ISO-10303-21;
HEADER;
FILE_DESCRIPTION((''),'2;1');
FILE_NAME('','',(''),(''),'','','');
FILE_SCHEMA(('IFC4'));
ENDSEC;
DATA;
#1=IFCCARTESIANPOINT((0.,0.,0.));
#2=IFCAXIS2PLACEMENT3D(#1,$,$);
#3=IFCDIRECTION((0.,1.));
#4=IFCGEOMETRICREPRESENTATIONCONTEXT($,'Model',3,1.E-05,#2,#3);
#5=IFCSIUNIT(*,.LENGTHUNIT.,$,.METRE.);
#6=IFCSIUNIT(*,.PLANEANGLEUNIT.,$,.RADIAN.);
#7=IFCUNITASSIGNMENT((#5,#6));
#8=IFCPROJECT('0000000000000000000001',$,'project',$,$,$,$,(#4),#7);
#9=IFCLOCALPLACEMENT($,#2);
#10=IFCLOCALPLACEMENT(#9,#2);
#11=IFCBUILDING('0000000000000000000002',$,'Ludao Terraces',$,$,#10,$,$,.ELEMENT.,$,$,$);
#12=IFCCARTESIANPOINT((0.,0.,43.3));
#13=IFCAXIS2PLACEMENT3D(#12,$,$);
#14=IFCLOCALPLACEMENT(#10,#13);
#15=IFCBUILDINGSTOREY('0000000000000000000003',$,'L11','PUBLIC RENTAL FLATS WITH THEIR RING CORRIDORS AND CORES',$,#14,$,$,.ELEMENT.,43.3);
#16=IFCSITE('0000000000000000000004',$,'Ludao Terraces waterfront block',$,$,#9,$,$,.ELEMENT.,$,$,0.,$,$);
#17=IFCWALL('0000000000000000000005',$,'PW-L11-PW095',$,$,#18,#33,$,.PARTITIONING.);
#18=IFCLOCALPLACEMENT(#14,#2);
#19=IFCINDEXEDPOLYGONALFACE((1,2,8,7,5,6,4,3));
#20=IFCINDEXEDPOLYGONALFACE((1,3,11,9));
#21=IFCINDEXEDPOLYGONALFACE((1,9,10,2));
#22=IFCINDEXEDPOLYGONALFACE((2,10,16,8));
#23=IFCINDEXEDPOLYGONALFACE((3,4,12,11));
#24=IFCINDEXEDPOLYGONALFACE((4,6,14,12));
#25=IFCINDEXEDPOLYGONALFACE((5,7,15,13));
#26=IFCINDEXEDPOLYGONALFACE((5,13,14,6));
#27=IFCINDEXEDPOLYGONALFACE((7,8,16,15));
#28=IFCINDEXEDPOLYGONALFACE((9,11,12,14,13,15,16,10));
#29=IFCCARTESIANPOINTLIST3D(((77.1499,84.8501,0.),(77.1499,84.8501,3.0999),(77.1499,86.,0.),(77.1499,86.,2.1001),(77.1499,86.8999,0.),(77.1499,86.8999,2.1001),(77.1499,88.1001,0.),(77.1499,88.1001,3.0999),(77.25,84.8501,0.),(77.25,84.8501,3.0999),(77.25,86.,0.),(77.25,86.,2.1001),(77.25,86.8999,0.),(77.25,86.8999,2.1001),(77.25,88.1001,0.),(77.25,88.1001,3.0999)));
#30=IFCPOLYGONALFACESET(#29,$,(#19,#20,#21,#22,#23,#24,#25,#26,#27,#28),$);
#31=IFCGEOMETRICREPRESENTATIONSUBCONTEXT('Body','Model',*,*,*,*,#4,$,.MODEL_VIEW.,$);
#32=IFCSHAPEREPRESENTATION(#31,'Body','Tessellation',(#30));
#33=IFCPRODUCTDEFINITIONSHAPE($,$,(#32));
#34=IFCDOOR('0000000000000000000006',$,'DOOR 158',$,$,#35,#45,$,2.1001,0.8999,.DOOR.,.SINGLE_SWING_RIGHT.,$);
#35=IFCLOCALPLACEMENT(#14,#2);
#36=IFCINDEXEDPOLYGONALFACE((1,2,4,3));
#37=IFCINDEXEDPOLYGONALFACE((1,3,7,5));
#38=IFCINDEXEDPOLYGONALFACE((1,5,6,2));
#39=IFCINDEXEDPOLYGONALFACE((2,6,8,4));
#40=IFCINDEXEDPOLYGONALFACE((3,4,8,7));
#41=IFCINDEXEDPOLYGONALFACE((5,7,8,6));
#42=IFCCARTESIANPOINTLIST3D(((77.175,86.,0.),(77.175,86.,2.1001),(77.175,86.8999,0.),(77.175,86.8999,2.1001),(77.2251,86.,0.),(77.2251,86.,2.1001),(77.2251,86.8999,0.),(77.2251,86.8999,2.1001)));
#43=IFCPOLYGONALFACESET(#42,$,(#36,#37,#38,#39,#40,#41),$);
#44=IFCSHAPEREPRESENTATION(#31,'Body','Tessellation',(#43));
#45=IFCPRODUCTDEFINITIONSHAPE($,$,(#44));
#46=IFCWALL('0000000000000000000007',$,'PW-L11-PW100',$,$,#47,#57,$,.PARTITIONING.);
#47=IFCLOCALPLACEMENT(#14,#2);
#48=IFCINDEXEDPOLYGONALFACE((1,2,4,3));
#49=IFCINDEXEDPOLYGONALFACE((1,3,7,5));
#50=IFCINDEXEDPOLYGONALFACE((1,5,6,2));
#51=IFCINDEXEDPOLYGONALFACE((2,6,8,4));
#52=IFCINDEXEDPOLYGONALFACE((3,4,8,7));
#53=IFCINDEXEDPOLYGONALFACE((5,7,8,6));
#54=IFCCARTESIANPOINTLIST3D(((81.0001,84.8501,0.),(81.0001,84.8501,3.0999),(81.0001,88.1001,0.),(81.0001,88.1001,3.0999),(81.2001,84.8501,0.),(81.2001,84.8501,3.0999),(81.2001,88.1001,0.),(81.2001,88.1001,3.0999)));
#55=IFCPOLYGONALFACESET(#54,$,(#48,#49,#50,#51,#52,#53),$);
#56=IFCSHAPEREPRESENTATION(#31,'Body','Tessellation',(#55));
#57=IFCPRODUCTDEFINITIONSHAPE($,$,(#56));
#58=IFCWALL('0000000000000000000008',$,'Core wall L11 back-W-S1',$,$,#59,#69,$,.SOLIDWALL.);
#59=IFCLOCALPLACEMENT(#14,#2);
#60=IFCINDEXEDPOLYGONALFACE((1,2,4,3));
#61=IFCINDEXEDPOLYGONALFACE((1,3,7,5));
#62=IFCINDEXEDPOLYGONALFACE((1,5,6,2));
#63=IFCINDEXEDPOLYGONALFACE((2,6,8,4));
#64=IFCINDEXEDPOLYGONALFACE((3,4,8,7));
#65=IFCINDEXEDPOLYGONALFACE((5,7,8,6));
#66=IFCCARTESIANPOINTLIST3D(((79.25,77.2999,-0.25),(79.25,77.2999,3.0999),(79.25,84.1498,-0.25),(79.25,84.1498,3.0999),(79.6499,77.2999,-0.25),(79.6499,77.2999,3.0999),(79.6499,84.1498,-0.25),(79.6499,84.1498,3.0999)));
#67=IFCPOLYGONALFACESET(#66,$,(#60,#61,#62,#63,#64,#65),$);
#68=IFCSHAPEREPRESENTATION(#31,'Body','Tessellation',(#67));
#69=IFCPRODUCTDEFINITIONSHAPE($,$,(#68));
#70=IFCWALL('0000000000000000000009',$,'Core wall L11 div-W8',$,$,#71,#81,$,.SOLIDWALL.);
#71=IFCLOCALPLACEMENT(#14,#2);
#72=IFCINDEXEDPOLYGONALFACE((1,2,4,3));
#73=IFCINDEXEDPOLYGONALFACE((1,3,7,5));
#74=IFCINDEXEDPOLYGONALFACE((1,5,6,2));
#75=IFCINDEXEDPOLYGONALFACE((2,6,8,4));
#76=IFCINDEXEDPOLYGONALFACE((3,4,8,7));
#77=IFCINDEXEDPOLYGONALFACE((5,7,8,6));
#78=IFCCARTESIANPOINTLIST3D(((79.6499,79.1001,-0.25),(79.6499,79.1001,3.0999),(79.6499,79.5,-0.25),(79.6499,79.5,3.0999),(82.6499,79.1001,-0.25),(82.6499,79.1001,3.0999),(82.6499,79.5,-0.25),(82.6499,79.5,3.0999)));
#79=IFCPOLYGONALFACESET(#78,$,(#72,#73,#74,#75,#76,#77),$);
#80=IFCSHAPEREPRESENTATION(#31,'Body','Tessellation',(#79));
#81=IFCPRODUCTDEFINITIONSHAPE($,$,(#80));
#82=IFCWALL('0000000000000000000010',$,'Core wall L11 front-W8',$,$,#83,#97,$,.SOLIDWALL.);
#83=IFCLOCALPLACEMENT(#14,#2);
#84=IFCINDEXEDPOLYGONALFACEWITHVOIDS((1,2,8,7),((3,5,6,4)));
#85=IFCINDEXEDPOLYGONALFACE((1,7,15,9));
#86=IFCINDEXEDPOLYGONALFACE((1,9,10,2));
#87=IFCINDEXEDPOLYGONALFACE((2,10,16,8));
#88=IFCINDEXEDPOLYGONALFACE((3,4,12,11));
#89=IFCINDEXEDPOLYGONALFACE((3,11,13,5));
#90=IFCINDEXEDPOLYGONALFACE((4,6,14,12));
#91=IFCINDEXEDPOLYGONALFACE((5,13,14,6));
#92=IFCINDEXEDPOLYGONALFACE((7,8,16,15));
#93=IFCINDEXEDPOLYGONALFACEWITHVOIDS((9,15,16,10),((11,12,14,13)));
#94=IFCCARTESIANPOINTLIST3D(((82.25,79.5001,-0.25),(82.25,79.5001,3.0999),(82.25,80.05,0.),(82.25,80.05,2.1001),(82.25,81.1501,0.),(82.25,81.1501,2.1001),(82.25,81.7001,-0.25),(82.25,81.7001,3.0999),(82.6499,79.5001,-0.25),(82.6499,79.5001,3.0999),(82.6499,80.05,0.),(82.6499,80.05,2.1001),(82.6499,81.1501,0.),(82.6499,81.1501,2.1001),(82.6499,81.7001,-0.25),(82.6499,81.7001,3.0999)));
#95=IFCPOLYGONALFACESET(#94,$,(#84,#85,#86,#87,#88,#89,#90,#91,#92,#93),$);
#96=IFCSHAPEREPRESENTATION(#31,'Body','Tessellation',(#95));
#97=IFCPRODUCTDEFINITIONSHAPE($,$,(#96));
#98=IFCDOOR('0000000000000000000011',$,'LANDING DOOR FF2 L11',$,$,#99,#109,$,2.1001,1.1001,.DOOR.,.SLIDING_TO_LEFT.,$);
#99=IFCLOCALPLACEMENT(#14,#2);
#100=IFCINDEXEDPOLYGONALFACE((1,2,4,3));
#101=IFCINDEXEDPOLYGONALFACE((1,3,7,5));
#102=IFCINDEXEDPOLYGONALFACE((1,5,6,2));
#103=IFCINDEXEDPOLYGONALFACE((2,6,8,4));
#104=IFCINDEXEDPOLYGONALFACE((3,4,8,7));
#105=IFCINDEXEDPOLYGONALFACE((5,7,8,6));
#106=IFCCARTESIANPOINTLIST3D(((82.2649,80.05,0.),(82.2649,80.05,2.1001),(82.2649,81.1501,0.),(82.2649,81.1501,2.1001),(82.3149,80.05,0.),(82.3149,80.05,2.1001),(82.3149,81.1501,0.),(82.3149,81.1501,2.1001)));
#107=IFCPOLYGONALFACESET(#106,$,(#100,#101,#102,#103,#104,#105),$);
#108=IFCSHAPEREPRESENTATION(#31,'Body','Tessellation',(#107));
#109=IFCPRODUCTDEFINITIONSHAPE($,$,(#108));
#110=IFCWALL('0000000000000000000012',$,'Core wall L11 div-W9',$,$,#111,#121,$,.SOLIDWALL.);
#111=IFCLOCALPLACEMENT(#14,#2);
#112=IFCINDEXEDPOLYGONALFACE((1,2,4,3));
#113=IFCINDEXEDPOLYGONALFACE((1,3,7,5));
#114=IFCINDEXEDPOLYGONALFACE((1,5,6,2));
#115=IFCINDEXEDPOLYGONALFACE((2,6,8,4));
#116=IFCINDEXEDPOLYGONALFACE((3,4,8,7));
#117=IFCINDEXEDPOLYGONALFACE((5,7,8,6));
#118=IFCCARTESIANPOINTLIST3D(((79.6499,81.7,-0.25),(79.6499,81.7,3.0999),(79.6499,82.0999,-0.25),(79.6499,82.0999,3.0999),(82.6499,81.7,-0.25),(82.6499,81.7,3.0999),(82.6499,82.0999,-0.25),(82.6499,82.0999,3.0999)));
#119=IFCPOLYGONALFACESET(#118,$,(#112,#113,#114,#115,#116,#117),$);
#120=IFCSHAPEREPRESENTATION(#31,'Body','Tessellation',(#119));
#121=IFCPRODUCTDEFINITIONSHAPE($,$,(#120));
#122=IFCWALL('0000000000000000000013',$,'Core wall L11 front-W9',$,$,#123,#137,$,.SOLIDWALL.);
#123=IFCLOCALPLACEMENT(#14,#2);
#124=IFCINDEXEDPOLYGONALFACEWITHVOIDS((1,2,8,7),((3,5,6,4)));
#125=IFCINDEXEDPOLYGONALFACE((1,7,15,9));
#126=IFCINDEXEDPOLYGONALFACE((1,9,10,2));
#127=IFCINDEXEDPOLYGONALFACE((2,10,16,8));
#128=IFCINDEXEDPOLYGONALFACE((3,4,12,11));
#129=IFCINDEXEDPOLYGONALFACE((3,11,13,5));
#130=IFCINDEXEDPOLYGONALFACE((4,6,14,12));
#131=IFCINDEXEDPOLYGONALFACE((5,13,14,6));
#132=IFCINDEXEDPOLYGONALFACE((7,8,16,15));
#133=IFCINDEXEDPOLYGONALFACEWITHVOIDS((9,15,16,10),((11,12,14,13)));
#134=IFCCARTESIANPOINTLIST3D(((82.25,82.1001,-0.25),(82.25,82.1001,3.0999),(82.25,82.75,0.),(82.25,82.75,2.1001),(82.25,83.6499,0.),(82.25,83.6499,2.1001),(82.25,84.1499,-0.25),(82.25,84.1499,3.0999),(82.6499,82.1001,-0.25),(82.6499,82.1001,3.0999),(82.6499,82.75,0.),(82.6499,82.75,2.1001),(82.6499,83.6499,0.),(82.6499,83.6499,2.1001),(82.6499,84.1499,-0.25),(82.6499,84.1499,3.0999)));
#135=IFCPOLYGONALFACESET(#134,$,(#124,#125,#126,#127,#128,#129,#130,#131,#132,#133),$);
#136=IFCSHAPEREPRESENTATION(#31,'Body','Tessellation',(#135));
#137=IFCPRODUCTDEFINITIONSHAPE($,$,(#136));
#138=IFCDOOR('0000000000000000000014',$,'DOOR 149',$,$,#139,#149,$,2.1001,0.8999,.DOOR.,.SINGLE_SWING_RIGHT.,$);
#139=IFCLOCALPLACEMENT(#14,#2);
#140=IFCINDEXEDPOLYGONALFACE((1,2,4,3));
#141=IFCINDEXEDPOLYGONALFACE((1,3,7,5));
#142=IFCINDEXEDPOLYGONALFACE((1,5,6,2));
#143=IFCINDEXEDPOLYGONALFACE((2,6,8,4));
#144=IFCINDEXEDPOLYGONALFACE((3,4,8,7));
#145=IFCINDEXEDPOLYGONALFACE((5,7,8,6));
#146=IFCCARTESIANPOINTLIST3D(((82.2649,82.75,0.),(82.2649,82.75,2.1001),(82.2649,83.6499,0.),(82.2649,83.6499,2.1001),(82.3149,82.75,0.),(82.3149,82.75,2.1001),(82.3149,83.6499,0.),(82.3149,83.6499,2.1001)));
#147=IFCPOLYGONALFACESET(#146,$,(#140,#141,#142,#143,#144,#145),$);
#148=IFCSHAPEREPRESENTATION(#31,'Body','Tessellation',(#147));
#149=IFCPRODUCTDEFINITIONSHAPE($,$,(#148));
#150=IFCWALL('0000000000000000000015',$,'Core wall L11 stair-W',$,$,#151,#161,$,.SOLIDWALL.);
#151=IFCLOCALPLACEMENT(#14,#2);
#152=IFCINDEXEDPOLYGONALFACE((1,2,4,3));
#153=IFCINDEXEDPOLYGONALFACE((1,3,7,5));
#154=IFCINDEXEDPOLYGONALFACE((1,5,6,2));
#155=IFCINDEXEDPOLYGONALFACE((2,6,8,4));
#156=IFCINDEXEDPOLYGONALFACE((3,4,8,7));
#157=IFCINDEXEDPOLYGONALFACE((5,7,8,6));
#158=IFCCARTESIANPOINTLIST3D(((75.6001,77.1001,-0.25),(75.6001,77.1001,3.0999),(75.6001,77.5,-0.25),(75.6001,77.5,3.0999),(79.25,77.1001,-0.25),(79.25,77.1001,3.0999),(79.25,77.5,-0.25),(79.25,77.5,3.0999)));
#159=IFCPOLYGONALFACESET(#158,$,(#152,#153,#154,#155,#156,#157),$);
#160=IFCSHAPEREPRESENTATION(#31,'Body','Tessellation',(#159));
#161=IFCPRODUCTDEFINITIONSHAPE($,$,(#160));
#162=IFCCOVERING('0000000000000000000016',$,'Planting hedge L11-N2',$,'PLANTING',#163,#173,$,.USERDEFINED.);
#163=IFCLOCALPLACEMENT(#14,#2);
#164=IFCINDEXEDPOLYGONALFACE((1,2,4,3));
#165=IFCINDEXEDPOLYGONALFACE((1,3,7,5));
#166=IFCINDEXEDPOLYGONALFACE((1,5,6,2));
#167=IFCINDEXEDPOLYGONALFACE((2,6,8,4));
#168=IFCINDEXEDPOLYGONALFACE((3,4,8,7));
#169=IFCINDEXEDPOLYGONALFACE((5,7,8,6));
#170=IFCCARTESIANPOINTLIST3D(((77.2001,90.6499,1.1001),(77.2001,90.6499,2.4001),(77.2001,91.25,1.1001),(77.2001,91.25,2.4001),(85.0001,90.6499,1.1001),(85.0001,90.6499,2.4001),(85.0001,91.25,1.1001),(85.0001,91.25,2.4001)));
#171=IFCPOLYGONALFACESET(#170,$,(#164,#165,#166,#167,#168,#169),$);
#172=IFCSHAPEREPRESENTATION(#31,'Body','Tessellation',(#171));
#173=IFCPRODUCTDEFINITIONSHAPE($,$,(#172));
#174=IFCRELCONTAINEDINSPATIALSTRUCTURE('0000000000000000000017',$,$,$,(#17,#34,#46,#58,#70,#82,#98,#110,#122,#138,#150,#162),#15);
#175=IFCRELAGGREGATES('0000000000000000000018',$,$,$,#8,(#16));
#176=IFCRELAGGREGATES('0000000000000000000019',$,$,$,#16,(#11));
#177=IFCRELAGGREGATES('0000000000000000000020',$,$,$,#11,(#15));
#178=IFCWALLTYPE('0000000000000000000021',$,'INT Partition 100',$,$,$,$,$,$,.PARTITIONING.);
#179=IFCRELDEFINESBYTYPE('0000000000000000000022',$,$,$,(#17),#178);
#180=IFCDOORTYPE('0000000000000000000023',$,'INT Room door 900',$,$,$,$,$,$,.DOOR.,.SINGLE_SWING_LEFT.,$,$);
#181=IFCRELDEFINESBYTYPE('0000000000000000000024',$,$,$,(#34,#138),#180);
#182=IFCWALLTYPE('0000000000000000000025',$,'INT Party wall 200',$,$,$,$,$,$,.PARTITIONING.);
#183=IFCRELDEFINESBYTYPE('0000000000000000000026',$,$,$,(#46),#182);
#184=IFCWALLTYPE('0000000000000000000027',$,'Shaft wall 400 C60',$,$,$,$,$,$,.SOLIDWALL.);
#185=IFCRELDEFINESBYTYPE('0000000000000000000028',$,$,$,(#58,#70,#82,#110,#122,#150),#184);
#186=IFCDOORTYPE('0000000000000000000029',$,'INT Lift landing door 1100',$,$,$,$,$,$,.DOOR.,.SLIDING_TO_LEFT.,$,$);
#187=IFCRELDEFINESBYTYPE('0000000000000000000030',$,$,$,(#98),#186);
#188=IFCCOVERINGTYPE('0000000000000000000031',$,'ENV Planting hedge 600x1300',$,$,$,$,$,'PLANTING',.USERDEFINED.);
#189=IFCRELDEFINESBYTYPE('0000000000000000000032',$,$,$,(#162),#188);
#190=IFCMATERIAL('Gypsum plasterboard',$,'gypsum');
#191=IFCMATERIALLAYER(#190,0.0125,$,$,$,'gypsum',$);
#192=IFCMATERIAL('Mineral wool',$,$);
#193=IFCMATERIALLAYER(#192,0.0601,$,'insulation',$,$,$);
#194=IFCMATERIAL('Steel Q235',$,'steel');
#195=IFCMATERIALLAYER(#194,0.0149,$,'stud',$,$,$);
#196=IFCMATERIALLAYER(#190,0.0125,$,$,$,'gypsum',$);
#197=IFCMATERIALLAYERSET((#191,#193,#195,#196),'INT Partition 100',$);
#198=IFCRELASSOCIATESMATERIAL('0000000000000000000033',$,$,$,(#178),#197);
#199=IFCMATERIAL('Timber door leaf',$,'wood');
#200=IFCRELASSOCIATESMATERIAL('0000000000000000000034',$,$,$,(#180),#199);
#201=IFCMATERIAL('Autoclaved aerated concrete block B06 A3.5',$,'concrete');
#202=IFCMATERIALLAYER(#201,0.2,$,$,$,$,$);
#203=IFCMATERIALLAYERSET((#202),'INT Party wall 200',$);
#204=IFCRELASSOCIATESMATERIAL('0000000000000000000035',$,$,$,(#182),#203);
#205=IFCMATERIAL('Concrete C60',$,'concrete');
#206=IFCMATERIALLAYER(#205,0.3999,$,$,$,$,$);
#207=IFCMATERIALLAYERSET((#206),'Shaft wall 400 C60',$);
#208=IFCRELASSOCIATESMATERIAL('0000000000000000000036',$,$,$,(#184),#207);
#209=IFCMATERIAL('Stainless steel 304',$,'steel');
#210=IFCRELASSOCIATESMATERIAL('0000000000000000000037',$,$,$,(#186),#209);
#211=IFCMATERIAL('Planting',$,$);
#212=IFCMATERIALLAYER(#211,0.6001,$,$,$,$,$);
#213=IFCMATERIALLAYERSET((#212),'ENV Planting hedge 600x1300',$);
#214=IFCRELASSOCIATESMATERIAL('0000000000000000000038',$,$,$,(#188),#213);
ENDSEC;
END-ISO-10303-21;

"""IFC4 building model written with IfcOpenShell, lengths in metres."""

from ifc_helpers import new_model, si_unit, direction, frame, frame_2d, origin, origin_2d, place, context, subcontext, project, spatial, rectangle, extrude, material, layer, layer_set, type_object, element, fill, save


model = new_model("IFC4")

# Units and contexts
model_context = context("Model", 3, precision=1e-05, world=origin(), true_north=direction((0.0, 1.0)))
body_context = subcontext(model_context, "Body", "Model", "MODEL_VIEW")
ifc_project = project(units=[si_unit("LENGTHUNIT", "METRE"), si_unit("PLANEANGLEUNIT", "RADIAN")], contexts=[model_context])

# Site, building, storey
site_placement = place(None, origin())
site = spatial("IfcSite", under=ifc_project, at=site_placement, Name="Ludao Terraces waterfront block", CompositionType="ELEMENT", RefElevation=0.0)
building_placement = place(site_placement, origin())
building = spatial("IfcBuilding", under=site, at=building_placement, Name="Ludao Terraces", CompositionType="ELEMENT")
storey_placement = place(building_placement, frame((0.0, 0.0, 43.3)))
storey = spatial("IfcBuildingStorey", under=building, at=storey_placement, Name="L11", Description="PUBLIC RENTAL FLATS WITH THEIR RING CORRIDORS AND CORES", CompositionType="ELEMENT", Elevation=43.3)

# Shared definitions
ifc_material_1 = material(Name="Concrete C60", Category="concrete")

# Shared definitions
ifc_material_2 = material(Name="Steel Q235", Category="steel")

# Shared definitions
ifc_material_3 = material(Name="Mineral wool")

# Wall, opening, door
ifc_material_4 = material(Name="Gypsum plasterboard", Category="gypsum")
ifc_layer_1 = layer(ifc_material_4, 0.0125, Category="gypsum")
ifc_layer_2 = layer(ifc_material_3, 0.0601, Name="insulation")
ifc_layer_3 = layer(ifc_material_2, 0.0149, Name="stud")
ifc_layer_4 = layer(ifc_material_4, 0.0125, Category="gypsum")
ifc_layer_set_1 = layer_set([ifc_layer_1, ifc_layer_2, ifc_layer_3, ifc_layer_4], Name="INT Partition 100")
wall_type_1 = type_object("IfcWallType", Name="INT Partition 100", PredefinedType="PARTITIONING", material=ifc_layer_set_1)
ifc_material_5 = material(Name="Timber door leaf", Category="wood")
door_type_1 = type_object("IfcDoorType", Name="INT Room door 900", OperationType="SINGLE_SWING_LEFT", PredefinedType="DOOR", material=ifc_material_5)
wall_1_placement = place(storey_placement, frame((77.2, 84.8501, 0.0), z_axis=(0.0, 0.0, 1.0), x_axis=(0.0, 1.0, 0.0)))
wall_1 = element("IfcWall", 1, at=wall_1_placement, inside=storey, type_object=wall_type_1, Name="PW-L11-PW095", PredefinedType="PARTITIONING", context=body_context, shape_type="SweptSolid", body=[
    extrude(rectangle(XDim=3.25, YDim=0.1001, at=frame_2d((1.625, 0.0))), origin(), (0.0, 0.0, 1.0), 3.0999),
])
opening_1_placement = place(wall_1_placement, frame((1.1499, 0.0, 0.0)))
opening_1 = element("IfcOpeningElement", 2, at=opening_1_placement, cuts=wall_1, PredefinedType="OPENING", context=body_context, shape_type="SweptSolid", body=[
    extrude(rectangle(XDim=0.8999, YDim=2.1001, at=frame_2d((0.45, 1.05))), frame((0.0, 0.0601, 0.0), z_axis=(0.0, -1.0, 0.0), x_axis=(1.0, 0.0, 0.0)), (0.0, 0.0, 1.0), 0.1201),
])
door_1_placement = place(opening_1_placement, origin())
door_1 = element("IfcDoor", 3, at=door_1_placement, inside=storey, type_object=door_type_1, Name="DOOR 158", OperationType="SINGLE_SWING_RIGHT", OverallHeight=2.1001, OverallWidth=0.8999, PredefinedType="DOOR", context=body_context, shape_type="SweptSolid", body=[
    extrude(rectangle(XDim=0.8999, YDim=2.1001, at=frame_2d((0.45, 1.05))), frame((0.0, 0.0249, 0.0), z_axis=(0.0, -1.0, 0.0), x_axis=(1.0, 0.0, 0.0)), (0.0, 0.0, 1.0), 0.05),
])
fill(opening_1, door_1)

# Walls
ifc_material_6 = material(Name="Autoclaved aerated concrete block B06 A3.5", Category="concrete")
ifc_layer_5 = layer(ifc_material_6, 0.2)
ifc_layer_set_2 = layer_set([ifc_layer_5], Name="INT Party wall 200")
wall_type_2 = type_object("IfcWallType", Name="INT Party wall 200", PredefinedType="PARTITIONING", material=ifc_layer_set_2)
wall_2_placement = place(storey_placement, frame((81.1001, 84.8501, 0.0), z_axis=(0.0, 0.0, 1.0), x_axis=(0.0, 1.0, 0.0)))
element("IfcWall", 4, at=wall_2_placement, inside=storey, type_object=wall_type_2, Name="PW-L11-PW100", PredefinedType="PARTITIONING", context=body_context, shape_type="SweptSolid", body=[
    extrude(rectangle(XDim=3.25, YDim=0.2, at=frame_2d((1.625, 0.0))), origin(), (0.0, 0.0, 1.0), 3.0999),
])
ifc_layer_6 = layer(ifc_material_1, 0.3999)
ifc_layer_set_3 = layer_set([ifc_layer_6], Name="Shaft wall 400 C60")
wall_type_3 = type_object("IfcWallType", Name="Shaft wall 400 C60", PredefinedType="SOLIDWALL", material=ifc_layer_set_3)
wall_3_placement = place(storey_placement, frame((79.45, 77.3, -0.25), z_axis=(0.0, 0.0, 1.0), x_axis=(0.0, 1.0, 0.0)))
element("IfcWall", 5, at=wall_3_placement, inside=storey, type_object=wall_type_3, Name="Core wall L11 back-W-S1", PredefinedType="SOLIDWALL", context=body_context, shape_type="SweptSolid", body=[
    extrude(rectangle(XDim=6.8499, YDim=0.3999, at=frame_2d((3.4248, 0.0))), origin(), (0.0, 0.0, 1.0), 3.3499),
])
wall_4_placement = place(storey_placement, frame((79.6499, 79.3, -0.25), z_axis=(0.0, 0.0, 1.0), x_axis=(1.0, 0.0, 0.0)))
element("IfcWall", 6, at=wall_4_placement, inside=storey, type_object=wall_type_3, Name="Core wall L11 div-W8", PredefinedType="SOLIDWALL", context=body_context, shape_type="SweptSolid", body=[
    extrude(rectangle(XDim=3.0, YDim=0.3999, at=frame_2d((1.5, 0.0))), origin(), (0.0, 0.0, 1.0), 3.3499),
])

# Wall, opening, door
wall_5_placement = place(storey_placement, frame((82.45, 79.5, -0.25), z_axis=(0.0, 0.0, 1.0), x_axis=(0.0, 1.0, 0.0)))
wall_5 = element("IfcWall", 7, at=wall_5_placement, inside=storey, type_object=wall_type_3, Name="Core wall L11 front-W8", PredefinedType="SOLIDWALL", context=body_context, shape_type="SweptSolid", body=[
    extrude(rectangle(XDim=2.2, YDim=0.3999, at=frame_2d((1.1001, 0.0))), origin(), (0.0, 0.0, 1.0), 3.3499),
])
opening_2_placement = place(wall_5_placement, frame((0.55, 0.0, 0.25)))
opening_2 = element("IfcOpeningElement", 8, at=opening_2_placement, cuts=wall_5, PredefinedType="OPENING", context=body_context, shape_type="SweptSolid", body=[
    extrude(rectangle(XDim=1.1001, YDim=2.1001, at=frame_2d((0.55, 1.05))), frame((0.0, 0.21, 0.0), z_axis=(0.0, -1.0, 0.0), x_axis=(1.0, 0.0, 0.0)), (0.0, 0.0, 1.0), 0.4199),
])
ifc_material_7 = material(Name="Stainless steel 304", Category="steel")
door_type_2 = type_object("IfcDoorType", Name="INT Lift landing door 1100", OperationType="SLIDING_TO_LEFT", PredefinedType="DOOR", material=ifc_material_7)
door_2_placement = place(opening_2_placement, origin())
door_2 = element("IfcDoor", 9, at=door_2_placement, inside=storey, type_object=door_type_2, Name="LANDING DOOR FF2 L11", OperationType="SLIDING_TO_LEFT", OverallHeight=2.1001, OverallWidth=1.1001, PredefinedType="DOOR", context=body_context, shape_type="SweptSolid", body=[
    extrude(rectangle(XDim=1.1001, YDim=2.1001, at=frame_2d((0.55, 1.05))), frame((0.0, 0.1851, 0.0), z_axis=(0.0, -1.0, 0.0), x_axis=(1.0, 0.0, 0.0)), (0.0, 0.0, 1.0), 0.05),
])
fill(opening_2, door_2)

# Wall
wall_6_placement = place(storey_placement, frame((79.6499, 81.8999, -0.25), z_axis=(0.0, 0.0, 1.0), x_axis=(1.0, 0.0, 0.0)))
element("IfcWall", 10, at=wall_6_placement, inside=storey, type_object=wall_type_3, Name="Core wall L11 div-W9", PredefinedType="SOLIDWALL", context=body_context, shape_type="SweptSolid", body=[
    extrude(rectangle(XDim=3.0, YDim=0.3999, at=frame_2d((1.5, 0.0))), origin(), (0.0, 0.0, 1.0), 3.3499),
])

# Wall, opening, door
wall_7_placement = place(storey_placement, frame((82.45, 82.1001, -0.25), z_axis=(0.0, 0.0, 1.0), x_axis=(0.0, 1.0, 0.0)))
wall_7 = element("IfcWall", 11, at=wall_7_placement, inside=storey, type_object=wall_type_3, Name="Core wall L11 front-W9", PredefinedType="SOLIDWALL", context=body_context, shape_type="SweptSolid", body=[
    extrude(rectangle(XDim=2.0498, YDim=0.3999, at=frame_2d((1.0249, 0.0))), origin(), (0.0, 0.0, 1.0), 3.3499),
])
opening_3_placement = place(wall_7_placement, frame((0.6499, 0.0, 0.25)))
opening_3 = element("IfcOpeningElement", 12, at=opening_3_placement, cuts=wall_7, PredefinedType="OPENING", context=body_context, shape_type="SweptSolid", body=[
    extrude(rectangle(XDim=0.8999, YDim=2.1001, at=frame_2d((0.45, 1.05))), frame((0.0, 0.21, 0.0), z_axis=(0.0, -1.0, 0.0), x_axis=(1.0, 0.0, 0.0)), (0.0, 0.0, 1.0), 0.4199),
])
door_3_placement = place(opening_3_placement, origin())
door_3 = element("IfcDoor", 13, at=door_3_placement, inside=storey, type_object=door_type_1, Name="DOOR 149", OperationType="SINGLE_SWING_RIGHT", OverallHeight=2.1001, OverallWidth=0.8999, PredefinedType="DOOR", context=body_context, shape_type="SweptSolid", body=[
    extrude(rectangle(XDim=0.8999, YDim=2.1001, at=frame_2d((0.45, 1.05))), frame((0.0, 0.1851, 0.0), z_axis=(0.0, -1.0, 0.0), x_axis=(1.0, 0.0, 0.0)), (0.0, 0.0, 1.0), 0.05),
])
fill(opening_3, door_3)

# Wall
wall_8_placement = place(storey_placement, frame((75.6001, 77.3, -0.25), z_axis=(0.0, 0.0, 1.0), x_axis=(1.0, 0.0, 0.0)))
element("IfcWall", 14, at=wall_8_placement, inside=storey, type_object=wall_type_3, Name="Core wall L11 stair-W", PredefinedType="SOLIDWALL", context=body_context, shape_type="SweptSolid", body=[
    extrude(rectangle(XDim=3.6499, YDim=0.3999, at=frame_2d((1.825, 0.0))), origin(), (0.0, 0.0, 1.0), 3.3499),
])

# Covering
ifc_material_8 = material(Name="Planting")
ifc_layer_7 = layer(ifc_material_8, 0.6001)
ifc_layer_set_4 = layer_set([ifc_layer_7], Name="ENV Planting hedge 600x1300")
covering_type = type_object("IfcCoveringType", Name="ENV Planting hedge 600x1300", ElementType="PLANTING", PredefinedType="USERDEFINED", material=ifc_layer_set_4)
covering_placement = place(storey_placement, frame((81.1001, 90.95, 1.1001), z_axis=(0.0, 0.0, 1.0), x_axis=(1.0, 0.0, 0.0)))
element("IfcCovering", 15, at=covering_placement, inside=storey, type_object=covering_type, Name="Planting hedge L11-N2", ObjectType="PLANTING", PredefinedType="USERDEFINED", context=body_context, shape_type="SweptSolid", body=[
    extrude(rectangle(XDim=7.8, YDim=0.6001, at=origin_2d()), origin(), (0.0, 0.0, 1.0), 1.3),
])

save(model, "model.ifc")
